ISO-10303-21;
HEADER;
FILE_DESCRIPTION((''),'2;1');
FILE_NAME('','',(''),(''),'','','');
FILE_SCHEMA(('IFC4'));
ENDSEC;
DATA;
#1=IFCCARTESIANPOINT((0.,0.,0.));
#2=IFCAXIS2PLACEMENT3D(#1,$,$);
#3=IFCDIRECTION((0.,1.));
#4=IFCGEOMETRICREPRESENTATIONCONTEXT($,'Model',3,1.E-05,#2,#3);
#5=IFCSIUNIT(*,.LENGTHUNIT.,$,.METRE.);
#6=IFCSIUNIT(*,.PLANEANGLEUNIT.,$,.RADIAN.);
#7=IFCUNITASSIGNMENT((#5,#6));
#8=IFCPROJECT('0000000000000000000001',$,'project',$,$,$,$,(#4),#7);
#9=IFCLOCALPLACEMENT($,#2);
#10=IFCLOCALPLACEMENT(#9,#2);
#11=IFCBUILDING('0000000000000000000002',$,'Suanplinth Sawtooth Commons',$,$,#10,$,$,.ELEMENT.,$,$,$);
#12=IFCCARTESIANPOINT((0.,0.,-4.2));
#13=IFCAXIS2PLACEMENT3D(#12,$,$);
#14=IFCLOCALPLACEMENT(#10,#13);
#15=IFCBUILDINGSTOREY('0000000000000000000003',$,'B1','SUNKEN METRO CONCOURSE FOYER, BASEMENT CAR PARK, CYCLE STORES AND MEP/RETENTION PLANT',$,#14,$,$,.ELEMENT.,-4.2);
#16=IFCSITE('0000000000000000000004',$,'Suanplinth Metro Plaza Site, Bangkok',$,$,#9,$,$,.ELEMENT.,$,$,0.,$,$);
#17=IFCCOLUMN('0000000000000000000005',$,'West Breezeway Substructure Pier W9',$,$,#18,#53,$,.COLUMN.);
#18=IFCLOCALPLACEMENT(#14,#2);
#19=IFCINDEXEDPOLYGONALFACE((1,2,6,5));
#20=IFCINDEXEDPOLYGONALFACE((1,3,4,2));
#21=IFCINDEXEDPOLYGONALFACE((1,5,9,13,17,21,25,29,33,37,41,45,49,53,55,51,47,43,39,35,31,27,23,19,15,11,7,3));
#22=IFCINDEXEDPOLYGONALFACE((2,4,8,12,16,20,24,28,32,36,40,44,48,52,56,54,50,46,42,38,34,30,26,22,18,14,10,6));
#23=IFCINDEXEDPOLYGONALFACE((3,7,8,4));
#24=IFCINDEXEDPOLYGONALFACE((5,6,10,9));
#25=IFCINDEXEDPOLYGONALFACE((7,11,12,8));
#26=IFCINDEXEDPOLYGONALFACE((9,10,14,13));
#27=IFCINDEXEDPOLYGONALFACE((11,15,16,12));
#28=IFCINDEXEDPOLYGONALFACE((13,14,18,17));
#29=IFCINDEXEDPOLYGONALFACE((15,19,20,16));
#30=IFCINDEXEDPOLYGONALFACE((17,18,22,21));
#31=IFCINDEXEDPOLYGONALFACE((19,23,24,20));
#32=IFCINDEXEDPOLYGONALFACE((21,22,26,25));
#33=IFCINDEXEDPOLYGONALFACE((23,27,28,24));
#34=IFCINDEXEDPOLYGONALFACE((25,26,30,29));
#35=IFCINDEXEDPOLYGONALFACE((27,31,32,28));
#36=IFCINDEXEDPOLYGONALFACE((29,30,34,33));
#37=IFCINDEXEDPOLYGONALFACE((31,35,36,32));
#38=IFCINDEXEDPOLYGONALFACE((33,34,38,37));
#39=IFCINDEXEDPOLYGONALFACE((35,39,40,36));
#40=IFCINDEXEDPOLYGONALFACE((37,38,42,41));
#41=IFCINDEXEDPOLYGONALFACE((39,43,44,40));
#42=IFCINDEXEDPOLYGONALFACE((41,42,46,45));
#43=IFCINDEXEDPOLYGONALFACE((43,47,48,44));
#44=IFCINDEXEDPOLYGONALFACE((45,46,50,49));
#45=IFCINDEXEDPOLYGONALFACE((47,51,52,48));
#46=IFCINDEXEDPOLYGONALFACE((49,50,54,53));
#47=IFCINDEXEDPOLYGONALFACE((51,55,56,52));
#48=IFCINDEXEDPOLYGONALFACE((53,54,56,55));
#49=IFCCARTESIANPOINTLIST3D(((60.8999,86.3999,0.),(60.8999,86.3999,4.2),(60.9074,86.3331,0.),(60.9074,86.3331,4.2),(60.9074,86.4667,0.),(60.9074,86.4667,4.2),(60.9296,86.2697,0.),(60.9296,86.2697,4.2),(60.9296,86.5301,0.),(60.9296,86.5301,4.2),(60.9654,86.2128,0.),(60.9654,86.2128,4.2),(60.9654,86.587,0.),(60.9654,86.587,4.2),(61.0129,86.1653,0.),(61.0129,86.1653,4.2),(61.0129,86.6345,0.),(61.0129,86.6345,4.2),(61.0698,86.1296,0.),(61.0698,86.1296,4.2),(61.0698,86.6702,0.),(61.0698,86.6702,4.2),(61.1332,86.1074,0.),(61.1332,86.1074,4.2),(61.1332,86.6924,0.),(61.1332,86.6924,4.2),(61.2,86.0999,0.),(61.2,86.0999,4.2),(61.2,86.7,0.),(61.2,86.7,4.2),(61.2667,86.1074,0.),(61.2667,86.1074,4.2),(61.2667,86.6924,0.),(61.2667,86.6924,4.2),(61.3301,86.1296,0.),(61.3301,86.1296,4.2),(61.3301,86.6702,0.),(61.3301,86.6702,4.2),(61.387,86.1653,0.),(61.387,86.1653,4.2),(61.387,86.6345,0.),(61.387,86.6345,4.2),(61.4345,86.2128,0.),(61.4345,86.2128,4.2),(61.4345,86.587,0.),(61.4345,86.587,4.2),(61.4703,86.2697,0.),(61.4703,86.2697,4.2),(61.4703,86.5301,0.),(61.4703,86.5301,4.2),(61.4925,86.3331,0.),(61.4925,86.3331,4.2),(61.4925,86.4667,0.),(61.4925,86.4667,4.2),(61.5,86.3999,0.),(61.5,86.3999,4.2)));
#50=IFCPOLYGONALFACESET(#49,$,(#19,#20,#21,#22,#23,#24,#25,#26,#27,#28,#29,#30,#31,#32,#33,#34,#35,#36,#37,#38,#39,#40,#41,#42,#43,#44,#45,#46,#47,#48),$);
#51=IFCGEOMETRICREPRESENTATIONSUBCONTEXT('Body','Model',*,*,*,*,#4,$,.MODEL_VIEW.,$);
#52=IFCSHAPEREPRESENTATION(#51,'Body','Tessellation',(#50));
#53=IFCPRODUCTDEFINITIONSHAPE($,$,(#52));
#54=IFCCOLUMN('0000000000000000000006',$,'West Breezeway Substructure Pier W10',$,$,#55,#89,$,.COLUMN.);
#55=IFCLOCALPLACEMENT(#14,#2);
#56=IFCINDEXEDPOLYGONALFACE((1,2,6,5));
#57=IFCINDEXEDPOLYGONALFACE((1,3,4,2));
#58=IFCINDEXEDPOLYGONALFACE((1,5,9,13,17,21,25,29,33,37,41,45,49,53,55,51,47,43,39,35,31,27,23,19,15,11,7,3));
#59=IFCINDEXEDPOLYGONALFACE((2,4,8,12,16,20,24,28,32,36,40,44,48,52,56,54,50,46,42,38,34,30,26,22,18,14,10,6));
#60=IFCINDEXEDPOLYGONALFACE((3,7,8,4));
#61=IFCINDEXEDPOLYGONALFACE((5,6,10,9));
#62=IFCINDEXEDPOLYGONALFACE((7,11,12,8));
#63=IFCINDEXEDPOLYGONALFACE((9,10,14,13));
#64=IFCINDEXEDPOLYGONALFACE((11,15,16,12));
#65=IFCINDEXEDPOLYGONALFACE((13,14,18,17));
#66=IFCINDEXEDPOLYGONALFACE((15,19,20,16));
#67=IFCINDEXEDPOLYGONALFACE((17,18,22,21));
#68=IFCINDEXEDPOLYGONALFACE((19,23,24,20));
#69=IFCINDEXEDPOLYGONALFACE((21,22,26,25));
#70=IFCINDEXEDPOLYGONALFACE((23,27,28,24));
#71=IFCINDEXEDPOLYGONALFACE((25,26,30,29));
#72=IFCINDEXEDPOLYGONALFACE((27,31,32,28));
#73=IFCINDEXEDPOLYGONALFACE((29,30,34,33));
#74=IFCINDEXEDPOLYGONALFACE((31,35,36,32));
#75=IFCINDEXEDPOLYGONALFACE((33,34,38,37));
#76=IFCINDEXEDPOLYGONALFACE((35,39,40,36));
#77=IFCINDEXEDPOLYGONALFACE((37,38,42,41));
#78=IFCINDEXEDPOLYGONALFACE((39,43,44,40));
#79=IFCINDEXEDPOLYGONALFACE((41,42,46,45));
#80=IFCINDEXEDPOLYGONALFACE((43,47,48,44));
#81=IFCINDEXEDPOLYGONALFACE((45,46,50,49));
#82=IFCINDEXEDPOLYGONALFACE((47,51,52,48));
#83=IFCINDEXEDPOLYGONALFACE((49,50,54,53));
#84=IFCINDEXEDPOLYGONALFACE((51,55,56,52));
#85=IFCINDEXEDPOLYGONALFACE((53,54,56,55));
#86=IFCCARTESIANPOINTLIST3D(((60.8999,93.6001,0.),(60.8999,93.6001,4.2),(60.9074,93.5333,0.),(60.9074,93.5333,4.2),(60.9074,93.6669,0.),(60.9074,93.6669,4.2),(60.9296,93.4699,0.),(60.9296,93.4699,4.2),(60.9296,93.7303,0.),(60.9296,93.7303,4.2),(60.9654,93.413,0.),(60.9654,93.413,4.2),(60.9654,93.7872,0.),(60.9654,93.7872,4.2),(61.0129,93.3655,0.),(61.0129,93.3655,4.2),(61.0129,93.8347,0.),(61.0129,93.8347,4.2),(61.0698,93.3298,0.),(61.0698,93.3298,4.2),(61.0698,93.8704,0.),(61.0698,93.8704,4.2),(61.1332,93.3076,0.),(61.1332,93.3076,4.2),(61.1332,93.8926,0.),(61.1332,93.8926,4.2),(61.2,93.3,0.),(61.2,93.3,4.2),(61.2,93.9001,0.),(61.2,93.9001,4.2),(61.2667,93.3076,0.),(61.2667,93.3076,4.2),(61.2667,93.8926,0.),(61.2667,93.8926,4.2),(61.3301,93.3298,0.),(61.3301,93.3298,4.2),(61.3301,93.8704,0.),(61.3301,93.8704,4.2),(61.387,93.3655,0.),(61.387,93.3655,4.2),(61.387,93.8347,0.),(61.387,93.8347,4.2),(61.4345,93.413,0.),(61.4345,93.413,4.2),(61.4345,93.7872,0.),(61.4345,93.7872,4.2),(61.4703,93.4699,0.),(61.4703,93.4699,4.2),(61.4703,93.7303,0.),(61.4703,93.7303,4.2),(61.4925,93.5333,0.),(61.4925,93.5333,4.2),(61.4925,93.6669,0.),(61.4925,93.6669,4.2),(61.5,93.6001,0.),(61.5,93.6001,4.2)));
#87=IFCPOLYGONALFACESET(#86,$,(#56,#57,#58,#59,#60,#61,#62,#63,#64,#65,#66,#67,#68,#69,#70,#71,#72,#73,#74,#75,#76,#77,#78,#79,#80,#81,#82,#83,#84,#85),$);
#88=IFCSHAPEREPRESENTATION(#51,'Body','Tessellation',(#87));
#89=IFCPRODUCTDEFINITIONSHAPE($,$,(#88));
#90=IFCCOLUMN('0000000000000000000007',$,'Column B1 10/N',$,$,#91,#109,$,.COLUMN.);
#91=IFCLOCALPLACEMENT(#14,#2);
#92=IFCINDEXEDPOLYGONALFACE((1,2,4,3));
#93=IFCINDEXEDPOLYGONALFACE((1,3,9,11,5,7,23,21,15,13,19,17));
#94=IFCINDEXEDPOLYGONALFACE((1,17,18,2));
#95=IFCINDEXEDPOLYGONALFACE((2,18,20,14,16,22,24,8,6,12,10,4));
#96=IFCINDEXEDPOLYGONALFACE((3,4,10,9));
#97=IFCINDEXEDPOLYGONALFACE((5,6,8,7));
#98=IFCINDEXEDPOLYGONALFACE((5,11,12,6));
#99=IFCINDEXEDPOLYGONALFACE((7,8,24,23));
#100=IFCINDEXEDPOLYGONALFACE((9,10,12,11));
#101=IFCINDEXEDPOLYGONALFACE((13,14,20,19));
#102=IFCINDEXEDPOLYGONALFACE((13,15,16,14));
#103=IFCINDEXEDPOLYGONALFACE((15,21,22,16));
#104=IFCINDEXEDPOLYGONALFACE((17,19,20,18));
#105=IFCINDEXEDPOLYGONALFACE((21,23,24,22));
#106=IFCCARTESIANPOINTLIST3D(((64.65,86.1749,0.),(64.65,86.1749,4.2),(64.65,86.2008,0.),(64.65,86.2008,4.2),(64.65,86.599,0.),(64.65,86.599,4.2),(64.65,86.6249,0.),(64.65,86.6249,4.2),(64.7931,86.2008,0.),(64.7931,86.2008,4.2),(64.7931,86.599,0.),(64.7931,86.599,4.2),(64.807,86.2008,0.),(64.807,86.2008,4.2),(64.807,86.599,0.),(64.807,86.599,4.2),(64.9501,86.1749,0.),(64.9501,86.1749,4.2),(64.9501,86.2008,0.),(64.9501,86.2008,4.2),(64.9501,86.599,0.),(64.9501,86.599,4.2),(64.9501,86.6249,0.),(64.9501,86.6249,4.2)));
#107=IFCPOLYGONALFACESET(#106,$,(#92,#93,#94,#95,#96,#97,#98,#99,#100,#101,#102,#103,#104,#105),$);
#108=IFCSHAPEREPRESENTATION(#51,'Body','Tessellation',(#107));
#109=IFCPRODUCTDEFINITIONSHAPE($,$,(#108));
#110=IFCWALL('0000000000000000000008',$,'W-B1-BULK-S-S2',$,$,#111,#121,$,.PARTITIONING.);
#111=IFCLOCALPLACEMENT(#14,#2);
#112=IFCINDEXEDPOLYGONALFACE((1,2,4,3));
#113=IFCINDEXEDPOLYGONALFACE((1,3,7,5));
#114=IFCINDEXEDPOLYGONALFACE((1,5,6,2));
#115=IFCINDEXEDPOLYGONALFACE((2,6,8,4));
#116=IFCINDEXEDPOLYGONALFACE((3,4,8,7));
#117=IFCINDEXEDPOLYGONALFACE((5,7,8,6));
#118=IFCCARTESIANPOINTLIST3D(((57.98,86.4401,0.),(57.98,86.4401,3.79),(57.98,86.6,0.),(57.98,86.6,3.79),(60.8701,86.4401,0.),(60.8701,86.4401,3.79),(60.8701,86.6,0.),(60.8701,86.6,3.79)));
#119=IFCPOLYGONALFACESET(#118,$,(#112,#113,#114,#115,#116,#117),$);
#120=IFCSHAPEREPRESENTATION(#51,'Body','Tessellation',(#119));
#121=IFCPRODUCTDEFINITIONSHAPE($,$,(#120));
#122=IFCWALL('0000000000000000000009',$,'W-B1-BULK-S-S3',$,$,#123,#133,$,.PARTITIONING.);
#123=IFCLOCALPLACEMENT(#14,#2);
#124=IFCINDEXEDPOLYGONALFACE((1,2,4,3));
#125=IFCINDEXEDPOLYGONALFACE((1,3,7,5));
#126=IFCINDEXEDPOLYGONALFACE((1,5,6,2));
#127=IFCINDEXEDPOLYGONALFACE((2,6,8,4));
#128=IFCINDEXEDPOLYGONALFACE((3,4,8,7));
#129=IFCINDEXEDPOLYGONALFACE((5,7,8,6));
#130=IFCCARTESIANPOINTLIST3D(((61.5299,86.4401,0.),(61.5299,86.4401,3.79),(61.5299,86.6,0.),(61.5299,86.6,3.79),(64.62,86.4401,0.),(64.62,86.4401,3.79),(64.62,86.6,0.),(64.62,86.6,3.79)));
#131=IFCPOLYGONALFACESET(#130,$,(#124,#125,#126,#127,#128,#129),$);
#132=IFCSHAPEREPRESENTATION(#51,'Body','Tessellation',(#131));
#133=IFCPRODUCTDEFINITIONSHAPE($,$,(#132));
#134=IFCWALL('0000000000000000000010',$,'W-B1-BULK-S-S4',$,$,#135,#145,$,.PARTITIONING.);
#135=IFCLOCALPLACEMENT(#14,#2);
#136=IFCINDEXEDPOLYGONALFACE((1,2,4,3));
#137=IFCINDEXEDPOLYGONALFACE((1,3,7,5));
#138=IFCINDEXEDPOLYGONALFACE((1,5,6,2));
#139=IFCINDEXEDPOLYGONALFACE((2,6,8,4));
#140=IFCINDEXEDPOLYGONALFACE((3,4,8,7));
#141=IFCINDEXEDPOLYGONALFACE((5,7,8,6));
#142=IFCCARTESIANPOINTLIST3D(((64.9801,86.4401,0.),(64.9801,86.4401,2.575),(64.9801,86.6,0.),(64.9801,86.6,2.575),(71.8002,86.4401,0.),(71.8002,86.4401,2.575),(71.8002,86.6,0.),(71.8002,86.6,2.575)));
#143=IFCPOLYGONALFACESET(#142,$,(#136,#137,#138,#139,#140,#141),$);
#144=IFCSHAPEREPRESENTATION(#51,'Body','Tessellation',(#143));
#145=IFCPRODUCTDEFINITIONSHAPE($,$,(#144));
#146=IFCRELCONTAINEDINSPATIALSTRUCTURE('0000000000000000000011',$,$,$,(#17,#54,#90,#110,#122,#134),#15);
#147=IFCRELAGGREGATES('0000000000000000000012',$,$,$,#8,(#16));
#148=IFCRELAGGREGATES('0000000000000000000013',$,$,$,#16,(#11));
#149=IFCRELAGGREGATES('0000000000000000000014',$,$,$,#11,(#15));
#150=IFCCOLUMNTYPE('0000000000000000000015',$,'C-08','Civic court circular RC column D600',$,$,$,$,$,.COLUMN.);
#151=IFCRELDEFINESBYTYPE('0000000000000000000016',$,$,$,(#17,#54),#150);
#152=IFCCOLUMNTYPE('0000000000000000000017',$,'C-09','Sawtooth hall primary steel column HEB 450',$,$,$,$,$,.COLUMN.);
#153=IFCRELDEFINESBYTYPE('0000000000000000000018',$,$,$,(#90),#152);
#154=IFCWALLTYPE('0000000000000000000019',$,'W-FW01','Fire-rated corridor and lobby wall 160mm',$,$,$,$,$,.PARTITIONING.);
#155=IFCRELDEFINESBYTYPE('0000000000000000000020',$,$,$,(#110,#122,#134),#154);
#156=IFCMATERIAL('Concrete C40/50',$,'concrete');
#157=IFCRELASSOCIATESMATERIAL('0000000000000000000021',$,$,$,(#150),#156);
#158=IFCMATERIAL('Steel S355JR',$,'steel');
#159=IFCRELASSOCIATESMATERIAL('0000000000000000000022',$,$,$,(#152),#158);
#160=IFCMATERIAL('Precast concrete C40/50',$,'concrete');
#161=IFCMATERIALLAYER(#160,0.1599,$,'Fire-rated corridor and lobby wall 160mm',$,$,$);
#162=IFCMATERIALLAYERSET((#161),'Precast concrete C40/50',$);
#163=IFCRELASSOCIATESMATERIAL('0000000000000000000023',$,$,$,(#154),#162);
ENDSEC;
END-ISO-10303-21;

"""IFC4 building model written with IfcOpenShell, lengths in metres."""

from ifc_helpers import new_model, si_unit, direction, frame, frame_2d, origin, origin_2d, place, context, subcontext, project, spatial, rectangle, circle, i_section, extrude, material, layer, layer_set, material_profile, profile_set, type_object, element, save


model = new_model("IFC4")

# Units and contexts
model_context = context("Model", 3, precision=1e-05, world=origin(), true_north=direction((0.0, 1.0)))
body_context = subcontext(model_context, "Body", "Model", "MODEL_VIEW")
ifc_project = project(units=[si_unit("LENGTHUNIT", "METRE"), si_unit("PLANEANGLEUNIT", "RADIAN")], contexts=[model_context])

# Site, building, storey
site_placement = place(None, origin())
site = spatial("IfcSite", under=ifc_project, at=site_placement, Name="Suanplinth Metro Plaza Site, Bangkok", CompositionType="ELEMENT", RefElevation=0.0)
building_placement = place(site_placement, origin())
building = spatial("IfcBuilding", under=site, at=building_placement, Name="Suanplinth Sawtooth Commons", CompositionType="ELEMENT")
storey_placement = place(building_placement, frame((0.0, 0.0, -4.2)))
storey = spatial("IfcBuildingStorey", under=building, at=storey_placement, Name="B1", Description="SUNKEN METRO CONCOURSE FOYER, BASEMENT CAR PARK, CYCLE STORES AND MEP/RETENTION PLANT", CompositionType="ELEMENT", Elevation=-4.2)

# Columns
ifc_material_1 = material(Name="Concrete C40/50", Category="concrete")
ifc_material_profile_1 = material_profile(ifc_material_1, circle(Radius=0.3, at=origin_2d()), Name="RC-CIRC D600")
ifc_profile_set_1 = profile_set([ifc_material_profile_1], Name="Concrete C40/50")
column_type_1 = type_object("IfcColumnType", Name="C-08", Description="Civic court circular RC column D600", PredefinedType="COLUMN", material=ifc_profile_set_1)
for number, where, z_axis, x_axis, name in (
    (1, (61.2, 86.3999, 0.0), (0.0, 0.0, 1.0), (1.0, 0.0, 0.0), "West Breezeway Substructure Pier W9"),
    (2, (61.2, 93.6001, 0.0), (0.0, 0.0, 1.0), (1.0, 0.0, 0.0), "West Breezeway Substructure Pier W10"),
):
    element("IfcColumn", number, at=place(storey_placement, frame(where, z_axis=z_axis, x_axis=x_axis)), inside=storey, type_object=column_type_1, Name=name, PredefinedType="COLUMN", context=body_context, shape_type="SweptSolid", body=[
        extrude(circle(Radius=0.3, at=origin_2d()), origin(), (0.0, 0.0, 1.0), 4.2),
    ])
ifc_material_2 = material(Name="Steel S355JR", Category="steel")
ifc_material_profile_2 = material_profile(ifc_material_2, i_section(OverallWidth=0.3, OverallDepth=0.45, WebThickness=0.0139, FlangeThickness=0.0259, at=origin_2d()), Name="HEB 450")
ifc_profile_set_2 = profile_set([ifc_material_profile_2], Name="Steel S355JR")
column_type_2 = type_object("IfcColumnType", Name="C-09", Description="Sawtooth hall primary steel column HEB 450", PredefinedType="COLUMN", material=ifc_profile_set_2)
column_1_placement = place(storey_placement, frame((64.8, 86.3999, 0.0), z_axis=(0.0, 0.0, 1.0), x_axis=(1.0, 0.0, 0.0)))
element("IfcColumn", 3, at=column_1_placement, inside=storey, type_object=column_type_2, Name="Column B1 10/N", PredefinedType="COLUMN", context=body_context, shape_type="SweptSolid", body=[
    extrude(i_section(OverallWidth=0.3, OverallDepth=0.45, WebThickness=0.0139, FlangeThickness=0.0259, at=origin_2d()), origin(), (0.0, 0.0, 1.0), 4.2),
])

# Walls
ifc_material_3 = material(Name="Precast concrete C40/50", Category="concrete")
ifc_layer = layer(ifc_material_3, 0.1599, Name="Fire-rated corridor and lobby wall 160mm")
ifc_layer_set = layer_set([ifc_layer], Name="Precast concrete C40/50")
wall_type = type_object("IfcWallType", Name="W-FW01", Description="Fire-rated corridor and lobby wall 160mm", PredefinedType="PARTITIONING", material=ifc_layer_set)
wall_1_placement = place(storey_placement, frame((57.98, 86.52, 0.0), z_axis=(0.0, 0.0, 1.0), x_axis=(1.0, 0.0, 0.0)))
element("IfcWall", 4, at=wall_1_placement, inside=storey, type_object=wall_type, Name="W-B1-BULK-S-S2", PredefinedType="PARTITIONING", context=body_context, shape_type="SweptSolid", body=[
    extrude(rectangle(XDim=2.8901, YDim=0.1599, at=frame_2d((1.4451, 0.0))), origin(), (0.0, 0.0, 1.0), 3.79),
])
wall_2_placement = place(storey_placement, frame((61.53, 86.52, 0.0), z_axis=(0.0, 0.0, 1.0), x_axis=(1.0, 0.0, 0.0)))
element("IfcWall", 5, at=wall_2_placement, inside=storey, type_object=wall_type, Name="W-B1-BULK-S-S3", PredefinedType="PARTITIONING", context=body_context, shape_type="SweptSolid", body=[
    extrude(rectangle(XDim=3.0901, YDim=0.1599, at=frame_2d((1.5449, 0.0))), origin(), (0.0, 0.0, 1.0), 3.79),
])
wall_3_placement = place(storey_placement, frame((64.98, 86.52, 0.0), z_axis=(0.0, 0.0, 1.0), x_axis=(1.0, 0.0, 0.0)))
element("IfcWall", 6, at=wall_3_placement, inside=storey, type_object=wall_type, Name="W-B1-BULK-S-S4", PredefinedType="PARTITIONING", context=body_context, shape_type="SweptSolid", body=[
    extrude(rectangle(XDim=6.8201, YDim=0.1599, at=frame_2d((3.4102, 0.0))), origin(), (0.0, 0.0, 1.0), 2.575),
])

save(model, "model.ifc")
